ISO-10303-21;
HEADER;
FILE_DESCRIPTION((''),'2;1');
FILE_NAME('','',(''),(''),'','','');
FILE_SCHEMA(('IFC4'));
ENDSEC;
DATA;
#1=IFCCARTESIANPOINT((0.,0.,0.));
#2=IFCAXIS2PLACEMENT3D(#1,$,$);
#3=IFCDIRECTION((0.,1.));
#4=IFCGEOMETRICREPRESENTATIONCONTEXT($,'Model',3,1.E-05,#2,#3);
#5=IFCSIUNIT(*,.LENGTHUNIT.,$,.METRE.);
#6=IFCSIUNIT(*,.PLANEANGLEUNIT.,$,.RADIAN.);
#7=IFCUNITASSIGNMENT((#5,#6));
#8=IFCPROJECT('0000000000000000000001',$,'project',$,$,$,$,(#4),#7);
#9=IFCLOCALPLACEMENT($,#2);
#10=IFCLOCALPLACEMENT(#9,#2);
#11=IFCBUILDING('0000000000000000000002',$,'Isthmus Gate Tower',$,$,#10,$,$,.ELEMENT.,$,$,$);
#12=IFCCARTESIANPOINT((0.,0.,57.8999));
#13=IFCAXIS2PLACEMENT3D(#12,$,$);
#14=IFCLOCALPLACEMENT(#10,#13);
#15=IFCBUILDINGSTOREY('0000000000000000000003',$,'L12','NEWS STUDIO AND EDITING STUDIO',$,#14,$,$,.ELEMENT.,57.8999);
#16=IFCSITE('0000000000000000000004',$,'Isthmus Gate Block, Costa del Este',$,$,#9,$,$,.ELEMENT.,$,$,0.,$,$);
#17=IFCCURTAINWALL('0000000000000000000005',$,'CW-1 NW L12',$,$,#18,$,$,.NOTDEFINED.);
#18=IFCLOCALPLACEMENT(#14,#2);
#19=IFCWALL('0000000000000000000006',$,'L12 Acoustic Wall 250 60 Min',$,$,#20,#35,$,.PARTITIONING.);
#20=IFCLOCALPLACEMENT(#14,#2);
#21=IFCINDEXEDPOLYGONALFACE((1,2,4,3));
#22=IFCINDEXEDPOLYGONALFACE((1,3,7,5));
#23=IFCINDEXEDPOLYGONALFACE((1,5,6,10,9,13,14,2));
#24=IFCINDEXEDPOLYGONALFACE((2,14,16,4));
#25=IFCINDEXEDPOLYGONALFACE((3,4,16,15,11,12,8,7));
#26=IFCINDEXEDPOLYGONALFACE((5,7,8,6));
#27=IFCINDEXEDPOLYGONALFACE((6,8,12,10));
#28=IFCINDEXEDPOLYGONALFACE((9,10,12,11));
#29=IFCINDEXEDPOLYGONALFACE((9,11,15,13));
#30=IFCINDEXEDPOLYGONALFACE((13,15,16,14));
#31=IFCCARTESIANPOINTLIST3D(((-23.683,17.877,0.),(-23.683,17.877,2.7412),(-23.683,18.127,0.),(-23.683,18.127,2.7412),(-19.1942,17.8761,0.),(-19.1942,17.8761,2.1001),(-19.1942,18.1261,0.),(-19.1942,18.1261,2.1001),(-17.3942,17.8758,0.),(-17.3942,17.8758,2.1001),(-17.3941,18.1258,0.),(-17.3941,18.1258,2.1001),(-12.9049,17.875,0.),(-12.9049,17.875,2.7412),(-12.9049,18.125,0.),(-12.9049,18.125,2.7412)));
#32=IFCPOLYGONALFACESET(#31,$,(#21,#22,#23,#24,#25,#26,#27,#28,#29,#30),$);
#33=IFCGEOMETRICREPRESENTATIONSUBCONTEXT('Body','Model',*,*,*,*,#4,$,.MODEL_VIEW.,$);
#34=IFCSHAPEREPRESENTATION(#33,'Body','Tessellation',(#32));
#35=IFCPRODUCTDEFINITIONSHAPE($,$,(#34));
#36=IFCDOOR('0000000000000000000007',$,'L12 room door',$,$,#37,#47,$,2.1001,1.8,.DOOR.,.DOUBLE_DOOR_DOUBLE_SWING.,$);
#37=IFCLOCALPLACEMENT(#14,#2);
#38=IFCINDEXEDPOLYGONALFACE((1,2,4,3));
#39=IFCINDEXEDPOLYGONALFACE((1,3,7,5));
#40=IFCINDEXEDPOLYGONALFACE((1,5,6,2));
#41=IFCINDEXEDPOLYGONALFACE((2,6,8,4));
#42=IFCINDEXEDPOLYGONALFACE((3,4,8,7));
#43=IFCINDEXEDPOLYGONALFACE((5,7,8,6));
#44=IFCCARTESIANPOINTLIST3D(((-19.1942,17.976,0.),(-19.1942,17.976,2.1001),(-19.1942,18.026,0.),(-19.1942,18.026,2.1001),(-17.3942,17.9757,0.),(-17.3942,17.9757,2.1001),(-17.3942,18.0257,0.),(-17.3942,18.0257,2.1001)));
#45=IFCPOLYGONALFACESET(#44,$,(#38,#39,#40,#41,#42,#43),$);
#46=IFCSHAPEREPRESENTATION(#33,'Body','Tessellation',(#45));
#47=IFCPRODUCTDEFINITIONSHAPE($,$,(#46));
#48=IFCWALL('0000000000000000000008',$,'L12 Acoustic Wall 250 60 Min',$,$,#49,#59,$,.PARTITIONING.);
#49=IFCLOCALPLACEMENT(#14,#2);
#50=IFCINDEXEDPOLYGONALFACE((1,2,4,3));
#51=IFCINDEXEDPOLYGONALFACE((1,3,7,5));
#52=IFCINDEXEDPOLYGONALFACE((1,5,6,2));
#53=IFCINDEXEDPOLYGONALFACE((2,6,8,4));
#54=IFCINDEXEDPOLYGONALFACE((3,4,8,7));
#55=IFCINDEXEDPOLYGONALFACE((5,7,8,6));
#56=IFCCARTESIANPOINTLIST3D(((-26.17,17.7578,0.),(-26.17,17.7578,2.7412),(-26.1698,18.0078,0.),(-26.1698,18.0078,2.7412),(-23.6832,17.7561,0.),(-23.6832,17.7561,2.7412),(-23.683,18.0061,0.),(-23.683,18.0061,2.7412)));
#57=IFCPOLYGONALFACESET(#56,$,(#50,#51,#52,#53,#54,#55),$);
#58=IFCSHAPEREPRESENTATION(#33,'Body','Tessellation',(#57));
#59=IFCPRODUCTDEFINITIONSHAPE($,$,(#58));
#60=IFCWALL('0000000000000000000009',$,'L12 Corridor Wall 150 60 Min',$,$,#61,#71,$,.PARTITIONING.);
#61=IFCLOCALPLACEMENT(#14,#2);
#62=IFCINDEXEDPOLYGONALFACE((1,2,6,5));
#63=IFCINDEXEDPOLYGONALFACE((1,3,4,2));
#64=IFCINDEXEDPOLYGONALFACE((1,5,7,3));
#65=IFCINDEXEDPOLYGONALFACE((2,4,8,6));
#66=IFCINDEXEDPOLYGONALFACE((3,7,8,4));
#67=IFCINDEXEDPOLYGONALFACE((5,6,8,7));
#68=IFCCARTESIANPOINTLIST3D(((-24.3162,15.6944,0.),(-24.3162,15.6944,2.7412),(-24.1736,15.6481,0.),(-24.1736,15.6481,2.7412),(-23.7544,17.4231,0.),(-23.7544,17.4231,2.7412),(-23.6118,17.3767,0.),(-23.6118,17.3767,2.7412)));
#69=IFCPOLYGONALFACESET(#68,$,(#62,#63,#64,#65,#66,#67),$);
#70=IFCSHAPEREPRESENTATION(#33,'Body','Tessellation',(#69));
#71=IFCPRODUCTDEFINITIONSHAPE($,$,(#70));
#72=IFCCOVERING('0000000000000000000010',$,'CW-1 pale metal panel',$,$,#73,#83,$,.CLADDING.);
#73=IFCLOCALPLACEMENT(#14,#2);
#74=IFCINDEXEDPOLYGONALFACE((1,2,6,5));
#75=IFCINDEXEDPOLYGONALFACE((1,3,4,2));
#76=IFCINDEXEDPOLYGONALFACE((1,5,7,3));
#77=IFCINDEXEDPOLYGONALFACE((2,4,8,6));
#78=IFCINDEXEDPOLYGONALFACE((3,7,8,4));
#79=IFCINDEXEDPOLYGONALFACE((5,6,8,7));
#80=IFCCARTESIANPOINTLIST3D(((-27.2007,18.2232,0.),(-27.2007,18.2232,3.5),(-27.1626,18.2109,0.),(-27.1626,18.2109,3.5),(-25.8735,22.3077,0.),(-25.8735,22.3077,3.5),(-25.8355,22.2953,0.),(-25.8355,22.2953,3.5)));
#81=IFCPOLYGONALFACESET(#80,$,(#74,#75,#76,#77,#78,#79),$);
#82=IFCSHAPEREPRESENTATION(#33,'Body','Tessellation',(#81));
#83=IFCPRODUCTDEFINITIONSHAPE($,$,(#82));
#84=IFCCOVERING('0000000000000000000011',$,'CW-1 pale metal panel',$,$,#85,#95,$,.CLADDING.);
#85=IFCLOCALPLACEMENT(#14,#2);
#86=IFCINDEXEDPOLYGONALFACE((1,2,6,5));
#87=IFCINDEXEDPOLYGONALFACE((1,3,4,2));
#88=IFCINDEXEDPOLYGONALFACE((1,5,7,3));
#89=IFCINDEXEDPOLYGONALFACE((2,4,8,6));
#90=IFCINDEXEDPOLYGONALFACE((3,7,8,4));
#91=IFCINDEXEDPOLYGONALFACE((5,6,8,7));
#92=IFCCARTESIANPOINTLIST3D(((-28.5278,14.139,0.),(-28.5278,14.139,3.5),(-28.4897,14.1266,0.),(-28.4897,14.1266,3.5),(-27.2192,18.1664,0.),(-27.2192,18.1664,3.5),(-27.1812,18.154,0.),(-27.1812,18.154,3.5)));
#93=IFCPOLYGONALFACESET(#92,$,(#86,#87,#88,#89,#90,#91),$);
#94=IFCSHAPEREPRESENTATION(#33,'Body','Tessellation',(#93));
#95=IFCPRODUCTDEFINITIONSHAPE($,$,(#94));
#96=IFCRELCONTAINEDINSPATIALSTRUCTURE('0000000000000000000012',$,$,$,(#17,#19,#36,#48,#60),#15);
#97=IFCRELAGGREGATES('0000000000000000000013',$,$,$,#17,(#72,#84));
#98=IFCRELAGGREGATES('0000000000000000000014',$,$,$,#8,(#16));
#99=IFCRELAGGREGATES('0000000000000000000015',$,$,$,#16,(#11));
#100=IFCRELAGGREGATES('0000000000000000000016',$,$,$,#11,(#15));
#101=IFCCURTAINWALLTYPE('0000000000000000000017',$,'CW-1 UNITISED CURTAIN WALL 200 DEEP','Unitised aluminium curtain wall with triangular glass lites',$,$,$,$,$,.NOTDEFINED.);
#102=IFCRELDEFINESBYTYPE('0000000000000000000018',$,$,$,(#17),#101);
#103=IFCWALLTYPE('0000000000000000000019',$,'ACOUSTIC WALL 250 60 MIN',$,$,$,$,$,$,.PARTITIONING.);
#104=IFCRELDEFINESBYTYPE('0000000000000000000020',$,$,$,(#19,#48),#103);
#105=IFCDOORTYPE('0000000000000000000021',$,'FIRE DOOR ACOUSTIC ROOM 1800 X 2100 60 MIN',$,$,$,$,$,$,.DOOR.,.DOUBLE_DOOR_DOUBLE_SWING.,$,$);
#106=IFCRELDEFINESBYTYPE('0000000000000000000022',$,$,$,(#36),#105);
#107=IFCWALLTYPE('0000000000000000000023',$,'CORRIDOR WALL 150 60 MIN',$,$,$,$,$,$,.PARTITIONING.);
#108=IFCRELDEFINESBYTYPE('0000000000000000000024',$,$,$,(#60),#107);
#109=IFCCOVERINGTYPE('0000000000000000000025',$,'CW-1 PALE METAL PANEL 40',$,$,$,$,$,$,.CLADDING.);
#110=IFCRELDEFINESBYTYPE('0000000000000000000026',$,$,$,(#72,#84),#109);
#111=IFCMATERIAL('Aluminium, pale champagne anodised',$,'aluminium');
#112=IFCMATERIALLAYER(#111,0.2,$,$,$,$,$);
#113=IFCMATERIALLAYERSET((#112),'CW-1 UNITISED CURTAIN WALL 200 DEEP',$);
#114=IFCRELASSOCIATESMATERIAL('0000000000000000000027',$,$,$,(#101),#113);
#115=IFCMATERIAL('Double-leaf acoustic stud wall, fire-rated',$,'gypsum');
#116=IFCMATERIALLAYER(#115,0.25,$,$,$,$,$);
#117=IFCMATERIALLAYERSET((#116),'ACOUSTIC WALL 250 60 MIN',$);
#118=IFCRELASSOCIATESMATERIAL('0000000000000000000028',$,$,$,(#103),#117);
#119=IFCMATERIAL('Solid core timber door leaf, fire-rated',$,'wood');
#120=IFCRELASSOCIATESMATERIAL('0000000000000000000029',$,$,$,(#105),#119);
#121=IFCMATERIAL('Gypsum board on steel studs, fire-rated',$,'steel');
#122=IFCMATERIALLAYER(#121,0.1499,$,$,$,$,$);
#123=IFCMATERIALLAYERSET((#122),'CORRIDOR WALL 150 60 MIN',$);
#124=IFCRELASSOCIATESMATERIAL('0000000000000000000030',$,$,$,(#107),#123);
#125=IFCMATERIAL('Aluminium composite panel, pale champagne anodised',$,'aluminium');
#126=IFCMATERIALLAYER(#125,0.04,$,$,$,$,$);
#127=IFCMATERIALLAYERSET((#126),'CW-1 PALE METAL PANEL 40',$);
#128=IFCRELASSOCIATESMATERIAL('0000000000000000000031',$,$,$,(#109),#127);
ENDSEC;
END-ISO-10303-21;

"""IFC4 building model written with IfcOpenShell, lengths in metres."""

from ifc_helpers import new_model, si_unit, direction, frame, frame_2d, origin, origin_2d, place, context, subcontext, project, spatial, rectangle, extrude, material, layer, layer_set, type_object, element, fill, aggregate, save


model = new_model("IFC4")

# Units and contexts
model_context = context("Model", 3, precision=1e-05, world=origin(), true_north=direction((0.0, 1.0)))
body_context = subcontext(model_context, "Body", "Model", "MODEL_VIEW")
ifc_project = project(units=[si_unit("LENGTHUNIT", "METRE"), si_unit("PLANEANGLEUNIT", "RADIAN")], contexts=[model_context])

# Site, building, storey
site_placement = place(None, origin())
site = spatial("IfcSite", under=ifc_project, at=site_placement, Name="Isthmus Gate Block, Costa del Este", CompositionType="ELEMENT", RefElevation=0.0)
building_placement = place(site_placement, origin())
building = spatial("IfcBuilding", under=site, at=building_placement, Name="Isthmus Gate Tower", CompositionType="ELEMENT")
storey_placement = place(building_placement, frame((0.0, 0.0, 57.8999)))
storey = spatial("IfcBuildingStorey", under=building, at=storey_placement, Name="L12", Description="NEWS STUDIO AND EDITING STUDIO", CompositionType="ELEMENT", Elevation=57.8999)

# Shared definitions
ifc_material_1 = material(Name="Aluminium, pale champagne anodised", Category="aluminium")
ifc_layer_1 = layer(ifc_material_1, 0.2)
ifc_layer_set_1 = layer_set([ifc_layer_1], Name="CW-1 UNITISED CURTAIN WALL 200 DEEP")
curtain_wall_type = type_object("IfcCurtainWallType", Name="CW-1 UNITISED CURTAIN WALL 200 DEEP", Description="Unitised aluminium curtain wall with triangular glass lites", PredefinedType="NOTDEFINED", material=ifc_layer_set_1)

# Curtain wall
curtain_wall_1_placement = place(storey_placement, origin())
curtain_wall_1 = element("IfcCurtainWall", 1, at=curtain_wall_1_placement, inside=storey, type_object=curtain_wall_type, Name="CW-1 NW L12", PredefinedType="NOTDEFINED")

# Wall, opening, door
ifc_material_2 = material(Name="Double-leaf acoustic stud wall, fire-rated", Category="gypsum")
ifc_layer_2 = layer(ifc_material_2, 0.25)
ifc_layer_set_2 = layer_set([ifc_layer_2], Name="ACOUSTIC WALL 250 60 MIN")
wall_type_1 = type_object("IfcWallType", Name="ACOUSTIC WALL 250 60 MIN", PredefinedType="PARTITIONING", material=ifc_layer_set_2)
wall_1_placement = place(storey_placement, frame((-23.6831, 18.002, 0.0), z_axis=(0.0, 0.0, 1.0), x_axis=(1.0, -0.000181, 0.0)))
wall_1 = element("IfcWall", 2, at=wall_1_placement, inside=storey, type_object=wall_type_1, Name="L12 Acoustic Wall 250 60 Min", PredefinedType="PARTITIONING", context=body_context, shape_type="SweptSolid", body=[
    extrude(rectangle(XDim=10.7781, YDim=0.25, at=frame_2d((5.3892, 0.0))), origin(), (0.0, 0.0, 1.0), 2.7412),
])
opening_placement = place(wall_1_placement, frame((4.489, 0.0, 0.0)))
opening = element("IfcOpeningElement", 3, at=opening_placement, cuts=wall_1, PredefinedType="OPENING", context=body_context, shape_type="SweptSolid", body=[
    extrude(rectangle(XDim=1.8, YDim=2.1001, at=frame_2d((0.8999, 1.05))), frame((0.0, 0.135, 0.0), z_axis=(0.0, -1.0, 0.0), x_axis=(1.0, 0.0, 0.0)), (0.0, 0.0, 1.0), 0.27),
])
ifc_material_3 = material(Name="Solid core timber door leaf, fire-rated", Category="wood")
door_type = type_object("IfcDoorType", Name="FIRE DOOR ACOUSTIC ROOM 1800 X 2100 60 MIN", OperationType="DOUBLE_DOOR_DOUBLE_SWING", PredefinedType="DOOR", material=ifc_material_3)
door_placement = place(opening_placement, origin())
door = element("IfcDoor", 4, at=door_placement, inside=storey, type_object=door_type, Name="L12 room door", OperationType="DOUBLE_DOOR_DOUBLE_SWING", OverallHeight=2.1001, OverallWidth=1.8, PredefinedType="DOOR", context=body_context, shape_type="SweptSolid", body=[
    extrude(rectangle(XDim=1.8, YDim=2.1001, at=frame_2d((0.8999, 1.05))), frame((0.0, 0.0249, 0.0), z_axis=(0.0, -1.0, 0.0), x_axis=(1.0, 0.0, 0.0)), (0.0, 0.0, 1.0), 0.05),
])
fill(opening, door)

# Walls
wall_2_placement = place(storey_placement, frame((-26.1699, 17.8828, 0.0), z_axis=(0.0, 0.0, 1.0), x_axis=(1.0, -0.000687, 0.0)))
element("IfcWall", 5, at=wall_2_placement, inside=storey, type_object=wall_type_1, Name="L12 Acoustic Wall 250 60 Min", PredefinedType="PARTITIONING", context=body_context, shape_type="SweptSolid", body=[
    extrude(rectangle(XDim=2.4868, YDim=0.25, at=frame_2d((1.2434, 0.0))), origin(), (0.0, 0.0, 1.0), 2.7412),
])
ifc_material_4 = material(Name="Gypsum board on steel studs, fire-rated", Category="steel")
ifc_layer_3 = layer(ifc_material_4, 0.1499)
ifc_layer_set_3 = layer_set([ifc_layer_3], Name="CORRIDOR WALL 150 60 MIN")
wall_type_2 = type_object("IfcWallType", Name="CORRIDOR WALL 150 60 MIN", PredefinedType="PARTITIONING", material=ifc_layer_set_3)
wall_3_placement = place(storey_placement, frame((-24.2449, 15.6714, 0.0), z_axis=(0.0, 0.0, 1.0), x_axis=(0.309086, 0.951034, 0.0)))
element("IfcWall", 6, at=wall_3_placement, inside=storey, type_object=wall_type_2, Name="L12 Corridor Wall 150 60 Min", PredefinedType="PARTITIONING", context=body_context, shape_type="SweptSolid", body=[
    extrude(rectangle(XDim=1.8176, YDim=0.1499, at=frame_2d((0.9087, 0.0))), origin(), (0.0, 0.0, 1.0), 2.7412),
])

# Coverings
ifc_material_5 = material(Name="Aluminium composite panel, pale champagne anodised", Category="aluminium")
ifc_layer_4 = layer(ifc_material_5, 0.04)
ifc_layer_set_4 = layer_set([ifc_layer_4], Name="CW-1 PALE METAL PANEL 40")
covering_type = type_object("IfcCoveringType", Name="CW-1 PALE METAL PANEL 40", PredefinedType="CLADDING", material=ifc_layer_set_4)
covering_1_placement = place(storey_placement, frame((-26.5181, 20.2593, 0.0), z_axis=(0.0, 0.0, 1.0), x_axis=(-0.309017, -0.951057, 0.0)))
covering_1 = element("IfcCovering", 7, at=covering_1_placement, type_object=covering_type, Name="CW-1 pale metal panel", PredefinedType="CLADDING", context=body_context, shape_type="SweptSolid", body=[
    extrude(rectangle(XDim=4.2947, YDim=0.04, at=origin_2d()), origin(), (0.0, 0.0, 1.0), 3.5),
])
covering_2_placement = place(storey_placement, frame((-27.8545, 16.1465, 0.0), z_axis=(0.0, 0.0, 1.0), x_axis=(-0.309017, -0.951057, 0.0)))
covering_2 = element("IfcCovering", 8, at=covering_2_placement, type_object=covering_type, Name="CW-1 pale metal panel", PredefinedType="CLADDING", context=body_context, shape_type="SweptSolid", body=[
    extrude(rectangle(XDim=4.2346, YDim=0.04, at=origin_2d()), origin(), (0.0, 0.0, 1.0), 3.5),
])
aggregate(curtain_wall_1, [covering_1, covering_2])

save(model, "model.ifc")
